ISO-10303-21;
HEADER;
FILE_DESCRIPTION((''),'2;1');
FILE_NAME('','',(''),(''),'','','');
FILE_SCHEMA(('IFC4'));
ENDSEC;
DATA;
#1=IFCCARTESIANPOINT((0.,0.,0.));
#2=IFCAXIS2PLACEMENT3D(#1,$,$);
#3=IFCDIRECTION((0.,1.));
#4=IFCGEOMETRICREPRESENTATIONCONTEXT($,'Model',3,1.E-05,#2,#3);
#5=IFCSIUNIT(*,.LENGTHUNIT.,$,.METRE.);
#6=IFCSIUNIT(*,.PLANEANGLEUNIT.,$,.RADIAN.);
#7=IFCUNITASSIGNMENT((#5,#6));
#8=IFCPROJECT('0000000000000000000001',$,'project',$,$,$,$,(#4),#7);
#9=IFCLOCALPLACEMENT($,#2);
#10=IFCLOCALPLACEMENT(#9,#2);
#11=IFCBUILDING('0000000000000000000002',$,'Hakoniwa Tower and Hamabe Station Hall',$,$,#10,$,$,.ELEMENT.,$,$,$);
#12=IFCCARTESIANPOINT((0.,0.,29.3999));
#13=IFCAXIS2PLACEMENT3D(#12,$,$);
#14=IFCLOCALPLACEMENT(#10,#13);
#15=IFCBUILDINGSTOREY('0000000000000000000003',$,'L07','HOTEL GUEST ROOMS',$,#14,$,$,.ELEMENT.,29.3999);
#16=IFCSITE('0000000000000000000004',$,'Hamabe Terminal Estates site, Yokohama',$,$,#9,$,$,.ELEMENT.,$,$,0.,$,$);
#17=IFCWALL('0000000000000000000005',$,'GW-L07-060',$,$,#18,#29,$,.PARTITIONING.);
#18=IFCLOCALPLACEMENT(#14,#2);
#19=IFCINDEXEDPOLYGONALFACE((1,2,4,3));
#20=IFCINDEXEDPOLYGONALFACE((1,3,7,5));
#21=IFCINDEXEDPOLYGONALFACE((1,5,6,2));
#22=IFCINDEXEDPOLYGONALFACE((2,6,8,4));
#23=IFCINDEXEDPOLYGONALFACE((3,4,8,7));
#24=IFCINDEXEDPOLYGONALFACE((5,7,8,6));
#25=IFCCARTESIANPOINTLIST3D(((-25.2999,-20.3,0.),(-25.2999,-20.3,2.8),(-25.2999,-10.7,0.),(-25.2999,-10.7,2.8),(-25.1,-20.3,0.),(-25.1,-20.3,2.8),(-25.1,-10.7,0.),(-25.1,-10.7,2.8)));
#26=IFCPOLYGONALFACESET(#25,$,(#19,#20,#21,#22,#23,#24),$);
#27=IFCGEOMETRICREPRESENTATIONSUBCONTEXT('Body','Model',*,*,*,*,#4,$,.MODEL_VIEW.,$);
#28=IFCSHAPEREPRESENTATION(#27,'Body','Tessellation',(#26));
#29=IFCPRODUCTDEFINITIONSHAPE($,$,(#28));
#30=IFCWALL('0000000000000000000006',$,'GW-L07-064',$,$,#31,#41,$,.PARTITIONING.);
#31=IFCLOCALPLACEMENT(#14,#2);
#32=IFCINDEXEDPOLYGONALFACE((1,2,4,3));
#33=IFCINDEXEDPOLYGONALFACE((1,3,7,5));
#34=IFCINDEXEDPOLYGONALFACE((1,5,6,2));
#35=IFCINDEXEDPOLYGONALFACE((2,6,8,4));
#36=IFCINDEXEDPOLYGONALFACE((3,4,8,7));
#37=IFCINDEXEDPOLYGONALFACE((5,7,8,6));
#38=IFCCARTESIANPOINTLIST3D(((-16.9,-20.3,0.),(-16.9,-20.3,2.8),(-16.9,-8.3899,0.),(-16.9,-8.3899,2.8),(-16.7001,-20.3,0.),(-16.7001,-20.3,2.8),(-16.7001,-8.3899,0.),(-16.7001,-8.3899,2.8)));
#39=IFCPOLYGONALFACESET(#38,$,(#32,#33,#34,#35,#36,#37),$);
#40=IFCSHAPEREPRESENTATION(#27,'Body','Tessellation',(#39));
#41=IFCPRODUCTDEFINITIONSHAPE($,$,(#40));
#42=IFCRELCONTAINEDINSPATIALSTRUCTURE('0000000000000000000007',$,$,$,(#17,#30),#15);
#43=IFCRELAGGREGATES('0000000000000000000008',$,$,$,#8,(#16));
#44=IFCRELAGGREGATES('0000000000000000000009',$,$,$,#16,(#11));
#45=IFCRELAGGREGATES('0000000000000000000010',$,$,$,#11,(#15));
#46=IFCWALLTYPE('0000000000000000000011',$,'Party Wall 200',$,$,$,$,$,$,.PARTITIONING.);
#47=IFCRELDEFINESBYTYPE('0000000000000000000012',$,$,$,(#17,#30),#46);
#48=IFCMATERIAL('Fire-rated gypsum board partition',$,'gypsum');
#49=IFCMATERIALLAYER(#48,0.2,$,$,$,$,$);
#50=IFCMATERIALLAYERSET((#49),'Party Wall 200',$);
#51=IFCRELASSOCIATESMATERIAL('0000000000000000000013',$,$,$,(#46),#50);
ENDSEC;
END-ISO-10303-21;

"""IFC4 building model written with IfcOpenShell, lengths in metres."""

from ifc_helpers import new_model, si_unit, direction, frame, frame_2d, origin, place, context, subcontext, project, spatial, rectangle, extrude, material, layer, layer_set, type_object, element, save


model = new_model("IFC4")

# Units and contexts
model_context = context("Model", 3, precision=1e-05, world=origin(), true_north=direction((0.0, 1.0)))
body_context = subcontext(model_context, "Body", "Model", "MODEL_VIEW")
ifc_project = project(units=[si_unit("LENGTHUNIT", "METRE"), si_unit("PLANEANGLEUNIT", "RADIAN")], contexts=[model_context])

# Site, building, storey
site_placement = place(None, origin())
site = spatial("IfcSite", under=ifc_project, at=site_placement, Name="Hamabe Terminal Estates site, Yokohama", CompositionType="ELEMENT", RefElevation=0.0)
building_placement = place(site_placement, origin())
building = spatial("IfcBuilding", under=site, at=building_placement, Name="Hakoniwa Tower and Hamabe Station Hall", CompositionType="ELEMENT")
storey_placement = place(building_placement, frame((0.0, 0.0, 29.3999)))
storey = spatial("IfcBuildingStorey", under=building, at=storey_placement, Name="L07", Description="HOTEL GUEST ROOMS", CompositionType="ELEMENT", Elevation=29.3999)

# Walls
ifc_material_1 = material(Name="Fire-rated gypsum board partition", Category="gypsum")
ifc_layer_1 = layer(ifc_material_1, 0.2)
ifc_layer_set_1 = layer_set([ifc_layer_1], Name="Party Wall 200")
wall_type_1 = type_object("IfcWallType", Name="Party Wall 200", PredefinedType="PARTITIONING", material=ifc_layer_set_1)
wall_1_placement = place(storey_placement, frame((-25.2, -20.3, 0.0), z_axis=(0.0, 0.0, 1.0), x_axis=(0.0, 1.0, 0.0)))
element("IfcWall", 1, at=wall_1_placement, inside=storey, type_object=wall_type_1, Name="GW-L07-060", PredefinedType="PARTITIONING", context=body_context, shape_type="SweptSolid", body=[
    extrude(rectangle(XDim=9.6001, YDim=0.2, at=frame_2d((4.8, 0.0))), origin(), (0.0, 0.0, 1.0), 2.8),
])
wall_2_placement = place(storey_placement, frame((-16.8, -20.3, 0.0), z_axis=(0.0, 0.0, 1.0), x_axis=(0.0, 1.0, 0.0)))
element("IfcWall", 2, at=wall_2_placement, inside=storey, type_object=wall_type_1, Name="GW-L07-064", PredefinedType="PARTITIONING", context=body_context, shape_type="SweptSolid", body=[
    extrude(rectangle(XDim=11.9102, YDim=0.2, at=frame_2d((5.9551, 0.0))), origin(), (0.0, 0.0, 1.0), 2.8),
])

save(model, "model.ifc")
